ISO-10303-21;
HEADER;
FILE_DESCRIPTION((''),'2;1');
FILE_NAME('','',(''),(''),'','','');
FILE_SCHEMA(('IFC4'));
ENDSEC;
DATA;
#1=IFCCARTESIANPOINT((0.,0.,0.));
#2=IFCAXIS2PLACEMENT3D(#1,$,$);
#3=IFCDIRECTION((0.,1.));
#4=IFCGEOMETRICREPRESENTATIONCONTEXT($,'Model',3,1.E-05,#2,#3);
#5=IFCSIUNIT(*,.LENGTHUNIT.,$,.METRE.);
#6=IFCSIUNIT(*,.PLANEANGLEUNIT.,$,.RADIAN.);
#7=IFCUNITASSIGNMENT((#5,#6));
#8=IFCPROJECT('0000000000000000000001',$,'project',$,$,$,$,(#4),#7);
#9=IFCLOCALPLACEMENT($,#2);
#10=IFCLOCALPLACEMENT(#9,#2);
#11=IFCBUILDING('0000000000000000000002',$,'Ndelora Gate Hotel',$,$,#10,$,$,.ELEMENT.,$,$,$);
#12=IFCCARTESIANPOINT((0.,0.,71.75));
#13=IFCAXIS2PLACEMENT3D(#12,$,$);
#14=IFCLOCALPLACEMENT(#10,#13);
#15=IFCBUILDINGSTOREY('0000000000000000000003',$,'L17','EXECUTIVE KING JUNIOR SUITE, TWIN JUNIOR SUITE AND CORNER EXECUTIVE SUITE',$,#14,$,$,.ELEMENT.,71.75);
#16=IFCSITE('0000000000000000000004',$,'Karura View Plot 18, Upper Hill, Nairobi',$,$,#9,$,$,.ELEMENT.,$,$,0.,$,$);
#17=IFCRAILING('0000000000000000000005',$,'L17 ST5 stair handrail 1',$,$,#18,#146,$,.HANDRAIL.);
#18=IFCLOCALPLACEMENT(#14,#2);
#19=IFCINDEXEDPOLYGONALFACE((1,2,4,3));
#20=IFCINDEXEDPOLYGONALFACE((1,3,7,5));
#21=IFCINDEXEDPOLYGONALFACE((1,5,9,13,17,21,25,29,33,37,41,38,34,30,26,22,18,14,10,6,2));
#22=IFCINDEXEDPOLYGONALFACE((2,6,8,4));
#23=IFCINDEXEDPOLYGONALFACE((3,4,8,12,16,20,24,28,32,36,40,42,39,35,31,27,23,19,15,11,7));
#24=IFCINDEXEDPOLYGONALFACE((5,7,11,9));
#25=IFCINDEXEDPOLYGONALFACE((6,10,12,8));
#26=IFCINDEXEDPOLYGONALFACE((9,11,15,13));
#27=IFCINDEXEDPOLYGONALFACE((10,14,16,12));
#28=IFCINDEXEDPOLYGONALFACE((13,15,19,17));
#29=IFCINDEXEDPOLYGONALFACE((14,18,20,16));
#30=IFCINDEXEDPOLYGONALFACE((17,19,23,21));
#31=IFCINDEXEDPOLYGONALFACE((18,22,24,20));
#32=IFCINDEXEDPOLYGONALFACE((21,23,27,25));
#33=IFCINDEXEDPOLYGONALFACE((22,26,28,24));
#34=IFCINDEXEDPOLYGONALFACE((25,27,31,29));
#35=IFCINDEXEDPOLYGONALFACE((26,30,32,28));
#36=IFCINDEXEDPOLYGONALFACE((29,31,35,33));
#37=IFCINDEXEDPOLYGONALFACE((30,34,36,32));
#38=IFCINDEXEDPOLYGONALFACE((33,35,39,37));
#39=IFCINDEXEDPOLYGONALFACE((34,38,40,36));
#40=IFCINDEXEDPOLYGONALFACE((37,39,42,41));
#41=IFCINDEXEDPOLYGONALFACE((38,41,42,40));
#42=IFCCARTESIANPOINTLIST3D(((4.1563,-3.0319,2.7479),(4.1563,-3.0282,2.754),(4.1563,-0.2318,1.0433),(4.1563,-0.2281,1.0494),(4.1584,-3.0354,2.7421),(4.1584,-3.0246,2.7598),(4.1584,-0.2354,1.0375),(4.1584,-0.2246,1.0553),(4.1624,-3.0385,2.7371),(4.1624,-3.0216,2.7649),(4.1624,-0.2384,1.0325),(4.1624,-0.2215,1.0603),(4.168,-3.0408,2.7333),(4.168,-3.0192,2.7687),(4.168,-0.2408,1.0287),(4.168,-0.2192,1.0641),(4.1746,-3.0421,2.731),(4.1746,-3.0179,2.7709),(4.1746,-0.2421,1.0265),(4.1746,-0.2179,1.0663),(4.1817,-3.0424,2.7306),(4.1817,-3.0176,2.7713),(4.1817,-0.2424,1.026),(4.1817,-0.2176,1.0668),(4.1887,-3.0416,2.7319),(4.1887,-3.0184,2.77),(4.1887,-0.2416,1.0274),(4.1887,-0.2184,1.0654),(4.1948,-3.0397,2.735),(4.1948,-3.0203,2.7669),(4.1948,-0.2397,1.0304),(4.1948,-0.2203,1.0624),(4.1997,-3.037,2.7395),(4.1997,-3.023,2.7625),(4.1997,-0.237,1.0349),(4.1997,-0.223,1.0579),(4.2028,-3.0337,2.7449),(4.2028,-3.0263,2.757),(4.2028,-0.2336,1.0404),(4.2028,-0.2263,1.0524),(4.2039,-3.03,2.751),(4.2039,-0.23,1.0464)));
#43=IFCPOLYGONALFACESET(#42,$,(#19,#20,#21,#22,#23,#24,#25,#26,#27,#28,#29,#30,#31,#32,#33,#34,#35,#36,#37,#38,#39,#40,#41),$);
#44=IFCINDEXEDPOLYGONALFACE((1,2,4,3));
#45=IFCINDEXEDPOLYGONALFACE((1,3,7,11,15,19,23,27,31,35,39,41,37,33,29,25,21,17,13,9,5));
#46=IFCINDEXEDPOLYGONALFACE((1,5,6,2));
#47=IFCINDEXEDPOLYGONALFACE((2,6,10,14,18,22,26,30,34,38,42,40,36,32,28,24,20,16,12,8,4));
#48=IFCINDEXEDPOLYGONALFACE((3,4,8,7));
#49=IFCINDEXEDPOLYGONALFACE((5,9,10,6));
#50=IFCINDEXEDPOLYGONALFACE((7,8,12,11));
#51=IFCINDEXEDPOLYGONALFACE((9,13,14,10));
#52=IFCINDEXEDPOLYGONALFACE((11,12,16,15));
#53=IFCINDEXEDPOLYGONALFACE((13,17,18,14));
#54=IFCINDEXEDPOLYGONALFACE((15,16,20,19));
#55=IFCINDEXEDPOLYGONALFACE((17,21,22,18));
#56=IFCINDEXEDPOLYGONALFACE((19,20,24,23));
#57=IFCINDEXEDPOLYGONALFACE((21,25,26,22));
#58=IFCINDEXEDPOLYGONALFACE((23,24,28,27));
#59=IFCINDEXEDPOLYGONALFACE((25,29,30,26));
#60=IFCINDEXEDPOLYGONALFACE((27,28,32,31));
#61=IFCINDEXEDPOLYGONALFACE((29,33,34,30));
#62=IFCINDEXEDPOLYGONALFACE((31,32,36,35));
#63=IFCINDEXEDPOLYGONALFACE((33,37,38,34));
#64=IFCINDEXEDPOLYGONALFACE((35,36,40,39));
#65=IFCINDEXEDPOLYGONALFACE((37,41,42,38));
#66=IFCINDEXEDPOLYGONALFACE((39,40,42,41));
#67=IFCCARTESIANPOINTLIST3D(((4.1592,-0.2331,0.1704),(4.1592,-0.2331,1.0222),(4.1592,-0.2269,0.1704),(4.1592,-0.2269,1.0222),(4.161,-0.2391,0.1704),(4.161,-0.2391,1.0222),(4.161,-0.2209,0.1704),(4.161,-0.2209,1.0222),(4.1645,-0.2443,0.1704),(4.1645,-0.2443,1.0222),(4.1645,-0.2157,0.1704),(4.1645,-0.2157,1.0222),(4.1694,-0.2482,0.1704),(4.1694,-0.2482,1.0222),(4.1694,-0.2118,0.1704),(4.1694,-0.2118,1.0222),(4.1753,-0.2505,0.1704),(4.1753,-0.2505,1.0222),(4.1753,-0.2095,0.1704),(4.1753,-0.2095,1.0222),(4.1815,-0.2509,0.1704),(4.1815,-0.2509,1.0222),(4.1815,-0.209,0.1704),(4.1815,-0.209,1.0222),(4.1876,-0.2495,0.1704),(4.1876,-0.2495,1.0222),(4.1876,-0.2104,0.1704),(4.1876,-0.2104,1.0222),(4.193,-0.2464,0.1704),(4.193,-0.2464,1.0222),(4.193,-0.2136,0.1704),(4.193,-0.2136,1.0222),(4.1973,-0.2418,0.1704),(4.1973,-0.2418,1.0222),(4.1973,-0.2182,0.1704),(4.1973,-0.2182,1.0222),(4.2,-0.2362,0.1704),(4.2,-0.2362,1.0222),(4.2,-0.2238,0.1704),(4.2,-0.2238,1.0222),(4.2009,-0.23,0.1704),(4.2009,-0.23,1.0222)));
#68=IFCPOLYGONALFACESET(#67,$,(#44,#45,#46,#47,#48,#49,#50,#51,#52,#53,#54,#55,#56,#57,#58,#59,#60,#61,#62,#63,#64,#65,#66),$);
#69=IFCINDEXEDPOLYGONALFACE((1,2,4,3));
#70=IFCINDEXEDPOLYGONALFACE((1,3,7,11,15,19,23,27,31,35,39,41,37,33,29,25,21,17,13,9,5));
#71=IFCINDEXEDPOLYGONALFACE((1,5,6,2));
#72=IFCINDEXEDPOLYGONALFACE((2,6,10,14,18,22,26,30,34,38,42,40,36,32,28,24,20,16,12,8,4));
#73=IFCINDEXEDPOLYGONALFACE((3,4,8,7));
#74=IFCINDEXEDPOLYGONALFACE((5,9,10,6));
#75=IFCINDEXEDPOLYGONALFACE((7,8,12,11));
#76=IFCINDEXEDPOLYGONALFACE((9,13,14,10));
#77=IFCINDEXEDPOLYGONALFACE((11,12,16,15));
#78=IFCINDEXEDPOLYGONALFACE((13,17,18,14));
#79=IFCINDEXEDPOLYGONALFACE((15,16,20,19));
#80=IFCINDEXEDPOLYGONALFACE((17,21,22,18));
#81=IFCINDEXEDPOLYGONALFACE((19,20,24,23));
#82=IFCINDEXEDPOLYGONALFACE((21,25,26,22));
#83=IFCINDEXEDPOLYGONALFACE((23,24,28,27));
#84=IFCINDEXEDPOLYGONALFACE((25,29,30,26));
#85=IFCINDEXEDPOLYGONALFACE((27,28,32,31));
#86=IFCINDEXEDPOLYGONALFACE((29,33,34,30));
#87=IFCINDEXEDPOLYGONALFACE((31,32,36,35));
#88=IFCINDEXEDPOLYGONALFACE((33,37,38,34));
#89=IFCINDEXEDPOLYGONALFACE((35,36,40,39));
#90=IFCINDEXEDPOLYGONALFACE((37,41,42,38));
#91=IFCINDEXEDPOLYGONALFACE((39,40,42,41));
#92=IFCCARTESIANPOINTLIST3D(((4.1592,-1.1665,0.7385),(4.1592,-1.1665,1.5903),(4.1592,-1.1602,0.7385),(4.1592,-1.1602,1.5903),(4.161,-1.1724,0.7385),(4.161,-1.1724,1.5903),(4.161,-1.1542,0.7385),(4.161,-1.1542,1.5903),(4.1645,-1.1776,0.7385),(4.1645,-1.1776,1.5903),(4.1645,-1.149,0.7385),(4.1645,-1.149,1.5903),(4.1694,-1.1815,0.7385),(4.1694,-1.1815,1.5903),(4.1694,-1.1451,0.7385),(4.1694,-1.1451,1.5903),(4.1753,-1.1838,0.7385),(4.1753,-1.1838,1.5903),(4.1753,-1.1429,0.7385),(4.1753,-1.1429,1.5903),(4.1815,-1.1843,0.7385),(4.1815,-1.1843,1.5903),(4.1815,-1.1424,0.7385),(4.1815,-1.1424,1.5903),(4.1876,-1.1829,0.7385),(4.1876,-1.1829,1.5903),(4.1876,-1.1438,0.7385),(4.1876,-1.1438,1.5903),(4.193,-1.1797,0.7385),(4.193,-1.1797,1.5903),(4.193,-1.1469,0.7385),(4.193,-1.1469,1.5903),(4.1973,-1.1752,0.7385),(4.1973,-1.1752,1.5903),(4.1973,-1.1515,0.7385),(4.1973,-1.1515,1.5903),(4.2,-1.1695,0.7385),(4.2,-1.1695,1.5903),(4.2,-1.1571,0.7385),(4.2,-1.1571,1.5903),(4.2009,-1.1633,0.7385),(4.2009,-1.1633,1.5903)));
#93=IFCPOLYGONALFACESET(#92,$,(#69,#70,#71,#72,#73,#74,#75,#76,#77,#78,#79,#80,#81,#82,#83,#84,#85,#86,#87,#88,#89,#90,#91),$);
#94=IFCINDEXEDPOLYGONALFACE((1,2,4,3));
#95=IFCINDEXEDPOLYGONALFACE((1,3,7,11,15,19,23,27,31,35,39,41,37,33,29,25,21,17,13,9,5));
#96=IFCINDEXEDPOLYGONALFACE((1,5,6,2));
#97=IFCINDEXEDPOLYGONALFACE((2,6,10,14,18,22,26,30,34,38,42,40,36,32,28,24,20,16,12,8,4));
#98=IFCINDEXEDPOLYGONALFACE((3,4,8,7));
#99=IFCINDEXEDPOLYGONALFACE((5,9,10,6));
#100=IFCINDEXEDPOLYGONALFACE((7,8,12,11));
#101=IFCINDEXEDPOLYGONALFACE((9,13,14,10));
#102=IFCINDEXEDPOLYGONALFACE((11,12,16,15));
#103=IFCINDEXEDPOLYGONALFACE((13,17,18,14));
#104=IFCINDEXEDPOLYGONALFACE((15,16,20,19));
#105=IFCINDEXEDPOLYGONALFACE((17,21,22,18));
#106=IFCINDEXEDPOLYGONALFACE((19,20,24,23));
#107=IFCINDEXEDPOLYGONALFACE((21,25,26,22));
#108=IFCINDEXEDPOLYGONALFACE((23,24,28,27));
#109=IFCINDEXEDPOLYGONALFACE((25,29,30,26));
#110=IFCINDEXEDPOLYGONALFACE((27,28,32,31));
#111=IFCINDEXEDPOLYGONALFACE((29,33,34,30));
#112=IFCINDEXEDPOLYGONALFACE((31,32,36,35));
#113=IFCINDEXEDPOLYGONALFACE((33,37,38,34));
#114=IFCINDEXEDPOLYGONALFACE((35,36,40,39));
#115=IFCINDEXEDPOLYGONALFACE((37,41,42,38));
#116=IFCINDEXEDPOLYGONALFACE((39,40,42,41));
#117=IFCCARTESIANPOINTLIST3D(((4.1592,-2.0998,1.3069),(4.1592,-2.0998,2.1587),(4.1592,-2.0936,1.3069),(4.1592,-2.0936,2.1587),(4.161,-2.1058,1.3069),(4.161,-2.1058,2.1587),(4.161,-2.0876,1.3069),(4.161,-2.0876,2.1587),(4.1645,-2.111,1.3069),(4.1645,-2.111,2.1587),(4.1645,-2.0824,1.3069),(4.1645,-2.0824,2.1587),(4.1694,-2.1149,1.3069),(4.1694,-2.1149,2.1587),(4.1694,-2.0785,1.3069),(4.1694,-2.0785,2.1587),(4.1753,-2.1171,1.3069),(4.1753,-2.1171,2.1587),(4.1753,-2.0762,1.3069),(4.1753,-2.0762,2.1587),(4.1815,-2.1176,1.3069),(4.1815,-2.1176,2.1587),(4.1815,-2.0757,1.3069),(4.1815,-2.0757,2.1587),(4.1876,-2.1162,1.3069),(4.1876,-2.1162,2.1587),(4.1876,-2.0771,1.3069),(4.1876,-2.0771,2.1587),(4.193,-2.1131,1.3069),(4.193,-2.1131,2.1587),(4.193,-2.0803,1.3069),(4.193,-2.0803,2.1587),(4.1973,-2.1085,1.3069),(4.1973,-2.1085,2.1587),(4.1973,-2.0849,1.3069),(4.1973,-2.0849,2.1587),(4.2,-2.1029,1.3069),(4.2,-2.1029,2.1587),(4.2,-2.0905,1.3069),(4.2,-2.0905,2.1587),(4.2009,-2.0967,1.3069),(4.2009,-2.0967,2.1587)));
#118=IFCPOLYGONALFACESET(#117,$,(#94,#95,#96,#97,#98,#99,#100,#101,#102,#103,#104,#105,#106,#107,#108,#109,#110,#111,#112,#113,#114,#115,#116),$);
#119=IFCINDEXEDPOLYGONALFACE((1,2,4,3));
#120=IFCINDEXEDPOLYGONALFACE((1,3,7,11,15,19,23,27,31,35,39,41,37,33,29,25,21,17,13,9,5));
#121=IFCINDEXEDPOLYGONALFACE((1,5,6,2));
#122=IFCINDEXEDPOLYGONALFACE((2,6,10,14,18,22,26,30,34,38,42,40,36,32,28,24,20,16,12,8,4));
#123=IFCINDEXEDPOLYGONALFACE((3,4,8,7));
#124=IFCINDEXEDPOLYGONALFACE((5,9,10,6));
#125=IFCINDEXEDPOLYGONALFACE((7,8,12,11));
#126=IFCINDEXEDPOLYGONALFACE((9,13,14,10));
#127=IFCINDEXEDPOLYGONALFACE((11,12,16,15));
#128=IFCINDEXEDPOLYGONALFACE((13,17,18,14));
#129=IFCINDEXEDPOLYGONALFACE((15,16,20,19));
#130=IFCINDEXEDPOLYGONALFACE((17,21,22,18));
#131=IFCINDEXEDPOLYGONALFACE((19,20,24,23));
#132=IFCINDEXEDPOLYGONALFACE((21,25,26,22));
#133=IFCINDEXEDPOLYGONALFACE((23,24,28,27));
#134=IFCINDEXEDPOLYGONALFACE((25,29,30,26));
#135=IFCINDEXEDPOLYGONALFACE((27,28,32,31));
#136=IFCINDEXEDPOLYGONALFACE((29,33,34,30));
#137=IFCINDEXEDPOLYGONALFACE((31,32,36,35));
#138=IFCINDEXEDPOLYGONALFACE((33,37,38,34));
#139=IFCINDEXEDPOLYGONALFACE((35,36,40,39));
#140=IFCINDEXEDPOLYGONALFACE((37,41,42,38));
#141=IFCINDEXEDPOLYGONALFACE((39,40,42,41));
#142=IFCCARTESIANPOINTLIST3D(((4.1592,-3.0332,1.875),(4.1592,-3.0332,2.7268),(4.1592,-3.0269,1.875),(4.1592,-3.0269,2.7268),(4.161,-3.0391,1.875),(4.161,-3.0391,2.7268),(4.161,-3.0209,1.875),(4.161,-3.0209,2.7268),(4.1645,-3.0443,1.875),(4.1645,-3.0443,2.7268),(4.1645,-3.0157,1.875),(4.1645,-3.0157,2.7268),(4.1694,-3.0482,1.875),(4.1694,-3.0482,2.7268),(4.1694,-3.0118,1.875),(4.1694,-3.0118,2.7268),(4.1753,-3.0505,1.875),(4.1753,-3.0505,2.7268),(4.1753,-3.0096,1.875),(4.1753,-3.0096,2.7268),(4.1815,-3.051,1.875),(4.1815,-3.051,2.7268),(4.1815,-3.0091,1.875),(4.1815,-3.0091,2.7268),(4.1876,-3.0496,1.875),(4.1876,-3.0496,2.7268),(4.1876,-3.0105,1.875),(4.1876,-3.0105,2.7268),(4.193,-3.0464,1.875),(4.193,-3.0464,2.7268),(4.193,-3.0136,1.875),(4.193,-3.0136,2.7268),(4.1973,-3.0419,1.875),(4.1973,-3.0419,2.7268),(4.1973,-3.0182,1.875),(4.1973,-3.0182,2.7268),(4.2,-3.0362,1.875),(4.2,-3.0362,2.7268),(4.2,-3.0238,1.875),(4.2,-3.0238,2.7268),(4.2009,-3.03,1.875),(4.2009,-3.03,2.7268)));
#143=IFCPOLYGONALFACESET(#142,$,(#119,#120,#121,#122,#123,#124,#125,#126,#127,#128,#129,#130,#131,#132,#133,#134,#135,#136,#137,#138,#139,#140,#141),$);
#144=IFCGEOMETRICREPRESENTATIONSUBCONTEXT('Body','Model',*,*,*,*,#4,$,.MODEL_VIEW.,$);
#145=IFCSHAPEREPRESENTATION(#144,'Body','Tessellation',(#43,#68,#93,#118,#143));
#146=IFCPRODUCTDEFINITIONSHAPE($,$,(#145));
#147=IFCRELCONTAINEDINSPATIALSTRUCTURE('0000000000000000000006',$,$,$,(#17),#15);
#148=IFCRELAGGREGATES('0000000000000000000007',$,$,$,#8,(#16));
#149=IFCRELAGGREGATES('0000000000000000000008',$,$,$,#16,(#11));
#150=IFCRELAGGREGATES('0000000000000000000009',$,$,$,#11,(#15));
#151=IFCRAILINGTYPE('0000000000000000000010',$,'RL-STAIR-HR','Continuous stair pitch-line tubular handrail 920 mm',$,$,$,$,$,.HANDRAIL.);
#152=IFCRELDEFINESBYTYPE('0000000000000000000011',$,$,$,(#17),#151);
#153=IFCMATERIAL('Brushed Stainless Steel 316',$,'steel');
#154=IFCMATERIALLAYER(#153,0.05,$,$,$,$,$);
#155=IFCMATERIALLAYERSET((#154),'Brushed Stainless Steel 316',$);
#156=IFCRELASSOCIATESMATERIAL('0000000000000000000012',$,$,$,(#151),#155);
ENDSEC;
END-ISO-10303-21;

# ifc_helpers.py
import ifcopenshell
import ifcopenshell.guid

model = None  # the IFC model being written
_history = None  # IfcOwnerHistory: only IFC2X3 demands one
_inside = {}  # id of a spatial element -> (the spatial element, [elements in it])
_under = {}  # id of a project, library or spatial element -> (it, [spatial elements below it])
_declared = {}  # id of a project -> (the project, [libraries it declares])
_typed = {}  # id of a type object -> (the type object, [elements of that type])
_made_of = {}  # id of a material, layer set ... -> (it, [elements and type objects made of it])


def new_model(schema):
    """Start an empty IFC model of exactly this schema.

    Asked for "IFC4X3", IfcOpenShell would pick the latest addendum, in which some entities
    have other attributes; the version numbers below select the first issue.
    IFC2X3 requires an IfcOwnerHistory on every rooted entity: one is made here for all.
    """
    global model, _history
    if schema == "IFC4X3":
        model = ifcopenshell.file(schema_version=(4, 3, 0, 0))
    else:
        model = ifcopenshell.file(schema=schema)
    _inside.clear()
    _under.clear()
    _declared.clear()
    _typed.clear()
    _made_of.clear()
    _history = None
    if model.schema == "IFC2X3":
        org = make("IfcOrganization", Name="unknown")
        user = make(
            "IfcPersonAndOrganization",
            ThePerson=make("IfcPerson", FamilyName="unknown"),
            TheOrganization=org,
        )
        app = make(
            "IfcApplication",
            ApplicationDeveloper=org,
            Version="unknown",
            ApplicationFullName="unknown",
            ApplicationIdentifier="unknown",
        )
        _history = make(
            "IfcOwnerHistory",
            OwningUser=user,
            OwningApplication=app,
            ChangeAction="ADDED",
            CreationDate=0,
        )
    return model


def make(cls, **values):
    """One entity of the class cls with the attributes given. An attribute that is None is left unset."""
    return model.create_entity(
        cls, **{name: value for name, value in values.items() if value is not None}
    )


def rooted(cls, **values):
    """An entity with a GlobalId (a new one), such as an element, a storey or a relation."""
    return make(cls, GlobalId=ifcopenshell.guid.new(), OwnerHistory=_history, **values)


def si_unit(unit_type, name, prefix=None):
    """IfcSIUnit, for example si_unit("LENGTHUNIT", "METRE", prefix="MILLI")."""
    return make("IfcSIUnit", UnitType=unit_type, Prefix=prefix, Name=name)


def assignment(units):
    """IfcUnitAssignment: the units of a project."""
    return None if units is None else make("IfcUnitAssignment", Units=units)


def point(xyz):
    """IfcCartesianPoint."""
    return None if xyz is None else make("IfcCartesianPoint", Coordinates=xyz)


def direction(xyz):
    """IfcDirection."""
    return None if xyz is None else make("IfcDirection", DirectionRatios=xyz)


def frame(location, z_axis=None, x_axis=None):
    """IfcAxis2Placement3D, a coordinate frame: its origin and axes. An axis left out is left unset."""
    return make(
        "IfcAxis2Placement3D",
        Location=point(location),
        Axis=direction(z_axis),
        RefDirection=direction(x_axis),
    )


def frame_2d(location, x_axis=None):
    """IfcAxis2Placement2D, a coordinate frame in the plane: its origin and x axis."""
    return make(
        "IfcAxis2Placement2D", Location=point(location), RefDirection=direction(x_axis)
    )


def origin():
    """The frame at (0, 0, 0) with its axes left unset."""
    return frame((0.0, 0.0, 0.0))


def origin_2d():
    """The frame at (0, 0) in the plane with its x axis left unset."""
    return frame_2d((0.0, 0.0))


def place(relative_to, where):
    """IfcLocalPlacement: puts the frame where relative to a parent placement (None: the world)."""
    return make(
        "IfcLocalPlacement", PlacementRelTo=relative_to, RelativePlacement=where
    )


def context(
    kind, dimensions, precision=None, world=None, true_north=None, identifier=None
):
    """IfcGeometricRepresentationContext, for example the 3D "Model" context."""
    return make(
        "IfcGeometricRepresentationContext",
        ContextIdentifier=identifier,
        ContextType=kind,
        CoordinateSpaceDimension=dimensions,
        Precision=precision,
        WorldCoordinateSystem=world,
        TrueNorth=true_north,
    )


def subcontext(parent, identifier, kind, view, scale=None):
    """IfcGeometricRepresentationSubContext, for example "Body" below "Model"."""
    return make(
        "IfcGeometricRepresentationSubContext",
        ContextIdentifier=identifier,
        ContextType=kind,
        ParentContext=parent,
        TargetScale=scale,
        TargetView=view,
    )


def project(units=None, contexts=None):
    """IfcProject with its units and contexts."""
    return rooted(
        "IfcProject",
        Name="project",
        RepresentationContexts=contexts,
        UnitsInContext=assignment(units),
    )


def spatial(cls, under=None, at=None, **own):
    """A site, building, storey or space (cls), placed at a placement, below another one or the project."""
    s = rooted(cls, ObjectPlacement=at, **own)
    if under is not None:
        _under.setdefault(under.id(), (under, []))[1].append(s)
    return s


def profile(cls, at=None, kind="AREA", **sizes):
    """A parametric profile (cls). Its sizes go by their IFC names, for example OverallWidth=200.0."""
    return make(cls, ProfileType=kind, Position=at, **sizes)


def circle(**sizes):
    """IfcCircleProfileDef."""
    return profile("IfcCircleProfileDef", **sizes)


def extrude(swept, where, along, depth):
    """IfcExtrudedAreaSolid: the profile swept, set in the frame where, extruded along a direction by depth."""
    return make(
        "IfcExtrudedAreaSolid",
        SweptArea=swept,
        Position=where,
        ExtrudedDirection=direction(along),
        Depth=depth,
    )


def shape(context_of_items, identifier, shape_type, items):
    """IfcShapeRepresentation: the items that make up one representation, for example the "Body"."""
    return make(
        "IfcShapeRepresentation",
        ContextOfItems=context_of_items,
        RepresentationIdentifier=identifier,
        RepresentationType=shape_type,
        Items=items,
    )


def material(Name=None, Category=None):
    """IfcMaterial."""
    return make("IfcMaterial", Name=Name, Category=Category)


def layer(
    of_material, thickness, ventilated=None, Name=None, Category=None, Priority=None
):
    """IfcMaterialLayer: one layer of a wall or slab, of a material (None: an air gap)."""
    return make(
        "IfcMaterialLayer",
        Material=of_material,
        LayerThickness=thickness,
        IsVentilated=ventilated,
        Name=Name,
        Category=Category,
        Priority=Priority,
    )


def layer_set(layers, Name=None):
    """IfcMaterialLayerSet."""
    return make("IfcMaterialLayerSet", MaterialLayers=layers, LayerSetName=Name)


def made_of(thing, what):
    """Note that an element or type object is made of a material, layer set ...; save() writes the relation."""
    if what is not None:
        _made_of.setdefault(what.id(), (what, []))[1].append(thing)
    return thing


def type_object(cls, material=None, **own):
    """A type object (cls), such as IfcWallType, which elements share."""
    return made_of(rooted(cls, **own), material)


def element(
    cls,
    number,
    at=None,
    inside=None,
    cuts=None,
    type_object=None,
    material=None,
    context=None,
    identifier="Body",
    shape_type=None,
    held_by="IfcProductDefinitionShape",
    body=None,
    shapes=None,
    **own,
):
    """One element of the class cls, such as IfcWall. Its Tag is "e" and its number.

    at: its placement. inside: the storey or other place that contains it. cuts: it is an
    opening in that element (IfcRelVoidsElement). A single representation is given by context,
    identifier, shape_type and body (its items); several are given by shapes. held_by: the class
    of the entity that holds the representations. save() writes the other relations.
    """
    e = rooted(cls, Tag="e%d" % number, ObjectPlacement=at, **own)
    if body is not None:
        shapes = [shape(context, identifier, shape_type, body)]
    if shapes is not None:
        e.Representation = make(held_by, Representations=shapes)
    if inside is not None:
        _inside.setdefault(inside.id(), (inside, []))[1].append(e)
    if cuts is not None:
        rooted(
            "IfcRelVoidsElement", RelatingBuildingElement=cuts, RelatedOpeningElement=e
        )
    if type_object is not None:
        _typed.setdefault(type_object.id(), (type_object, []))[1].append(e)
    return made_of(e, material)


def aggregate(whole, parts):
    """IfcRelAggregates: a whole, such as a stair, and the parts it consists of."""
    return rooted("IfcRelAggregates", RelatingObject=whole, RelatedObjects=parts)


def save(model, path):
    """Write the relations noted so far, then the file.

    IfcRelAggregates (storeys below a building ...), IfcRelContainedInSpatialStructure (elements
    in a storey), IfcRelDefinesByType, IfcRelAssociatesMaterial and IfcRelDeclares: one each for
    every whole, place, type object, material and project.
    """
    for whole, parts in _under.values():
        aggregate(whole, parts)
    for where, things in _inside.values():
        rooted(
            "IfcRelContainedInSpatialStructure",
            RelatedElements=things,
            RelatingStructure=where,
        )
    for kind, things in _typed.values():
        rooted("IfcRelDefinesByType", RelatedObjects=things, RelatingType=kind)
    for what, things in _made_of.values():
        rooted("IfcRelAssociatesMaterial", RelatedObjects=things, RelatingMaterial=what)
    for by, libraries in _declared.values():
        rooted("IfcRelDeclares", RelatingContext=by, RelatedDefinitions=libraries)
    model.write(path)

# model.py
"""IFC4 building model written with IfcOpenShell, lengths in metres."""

from ifc_helpers import new_model, si_unit, direction, frame, origin, origin_2d, place, context, subcontext, project, spatial, circle, extrude, material, layer, layer_set, type_object, element, save


model = new_model("IFC4")

# Units and contexts
model_context = context("Model", 3, precision=1e-05, world=origin(), true_north=direction((0.0, 1.0)))
body_context = subcontext(model_context, "Body", "Model", "MODEL_VIEW")
ifc_project = project(units=[si_unit("LENGTHUNIT", "METRE"), si_unit("PLANEANGLEUNIT", "RADIAN")], contexts=[model_context])

# Site, building, storey
site_placement = place(None, origin())
site = spatial("IfcSite", under=ifc_project, at=site_placement, Name="Karura View Plot 18, Upper Hill, Nairobi", CompositionType="ELEMENT", RefElevation=0.0)
building_placement = place(site_placement, origin())
building = spatial("IfcBuilding", under=site, at=building_placement, Name="Ndelora Gate Hotel", CompositionType="ELEMENT")
storey_placement = place(building_placement, frame((0.0, 0.0, 71.75)))
storey = spatial("IfcBuildingStorey", under=building, at=storey_placement, Name="L17", Description="EXECUTIVE KING JUNIOR SUITE, TWIN JUNIOR SUITE AND CORNER EXECUTIVE SUITE", CompositionType="ELEMENT", Elevation=71.75)

# Railing
ifc_material_1 = material(Name="Brushed Stainless Steel 316", Category="steel")
ifc_layer_1 = layer(ifc_material_1, 0.05)
ifc_layer_set_1 = layer_set([ifc_layer_1], Name="Brushed Stainless Steel 316")
railing_type_1 = type_object("IfcRailingType", Name="RL-STAIR-HR", Description="Continuous stair pitch-line tubular handrail 920 mm", PredefinedType="HANDRAIL", material=ifc_layer_set_1)
railing_1_placement = place(storey_placement, frame((4.1799, -0.23, 0.1704)))
element("IfcRailing", 1, at=railing_1_placement, inside=storey, type_object=railing_type_1, Name="L17 ST5 stair handrail 1", PredefinedType="HANDRAIL", context=body_context, shape_type="SweptSolid", body=[
    extrude(circle(Radius=0.0239, at=origin_2d()), frame((0.0, 0.0, 0.876), z_axis=(0.0, -0.85417, 0.519994), x_axis=(1.0, 0.0, 0.0)), (0.0, 0.0, 1.0), 3.2781),
    extrude(circle(Radius=0.021, at=origin_2d()), origin(), (0.0, 0.0, 1.0), 0.8518),
    extrude(circle(Radius=0.021, at=origin_2d()), frame((0.0, -0.9333, 0.5681)), (0.0, 0.0, 1.0), 0.8518),
    extrude(circle(Radius=0.021, at=origin_2d()), frame((0.0, -1.8667, 1.1365)), (0.0, 0.0, 1.0), 0.8518),
    extrude(circle(Radius=0.021, at=origin_2d()), frame((0.0, -2.8, 1.7046)), (0.0, 0.0, 1.0), 0.8518),
])

save(model, "model.ifc")
